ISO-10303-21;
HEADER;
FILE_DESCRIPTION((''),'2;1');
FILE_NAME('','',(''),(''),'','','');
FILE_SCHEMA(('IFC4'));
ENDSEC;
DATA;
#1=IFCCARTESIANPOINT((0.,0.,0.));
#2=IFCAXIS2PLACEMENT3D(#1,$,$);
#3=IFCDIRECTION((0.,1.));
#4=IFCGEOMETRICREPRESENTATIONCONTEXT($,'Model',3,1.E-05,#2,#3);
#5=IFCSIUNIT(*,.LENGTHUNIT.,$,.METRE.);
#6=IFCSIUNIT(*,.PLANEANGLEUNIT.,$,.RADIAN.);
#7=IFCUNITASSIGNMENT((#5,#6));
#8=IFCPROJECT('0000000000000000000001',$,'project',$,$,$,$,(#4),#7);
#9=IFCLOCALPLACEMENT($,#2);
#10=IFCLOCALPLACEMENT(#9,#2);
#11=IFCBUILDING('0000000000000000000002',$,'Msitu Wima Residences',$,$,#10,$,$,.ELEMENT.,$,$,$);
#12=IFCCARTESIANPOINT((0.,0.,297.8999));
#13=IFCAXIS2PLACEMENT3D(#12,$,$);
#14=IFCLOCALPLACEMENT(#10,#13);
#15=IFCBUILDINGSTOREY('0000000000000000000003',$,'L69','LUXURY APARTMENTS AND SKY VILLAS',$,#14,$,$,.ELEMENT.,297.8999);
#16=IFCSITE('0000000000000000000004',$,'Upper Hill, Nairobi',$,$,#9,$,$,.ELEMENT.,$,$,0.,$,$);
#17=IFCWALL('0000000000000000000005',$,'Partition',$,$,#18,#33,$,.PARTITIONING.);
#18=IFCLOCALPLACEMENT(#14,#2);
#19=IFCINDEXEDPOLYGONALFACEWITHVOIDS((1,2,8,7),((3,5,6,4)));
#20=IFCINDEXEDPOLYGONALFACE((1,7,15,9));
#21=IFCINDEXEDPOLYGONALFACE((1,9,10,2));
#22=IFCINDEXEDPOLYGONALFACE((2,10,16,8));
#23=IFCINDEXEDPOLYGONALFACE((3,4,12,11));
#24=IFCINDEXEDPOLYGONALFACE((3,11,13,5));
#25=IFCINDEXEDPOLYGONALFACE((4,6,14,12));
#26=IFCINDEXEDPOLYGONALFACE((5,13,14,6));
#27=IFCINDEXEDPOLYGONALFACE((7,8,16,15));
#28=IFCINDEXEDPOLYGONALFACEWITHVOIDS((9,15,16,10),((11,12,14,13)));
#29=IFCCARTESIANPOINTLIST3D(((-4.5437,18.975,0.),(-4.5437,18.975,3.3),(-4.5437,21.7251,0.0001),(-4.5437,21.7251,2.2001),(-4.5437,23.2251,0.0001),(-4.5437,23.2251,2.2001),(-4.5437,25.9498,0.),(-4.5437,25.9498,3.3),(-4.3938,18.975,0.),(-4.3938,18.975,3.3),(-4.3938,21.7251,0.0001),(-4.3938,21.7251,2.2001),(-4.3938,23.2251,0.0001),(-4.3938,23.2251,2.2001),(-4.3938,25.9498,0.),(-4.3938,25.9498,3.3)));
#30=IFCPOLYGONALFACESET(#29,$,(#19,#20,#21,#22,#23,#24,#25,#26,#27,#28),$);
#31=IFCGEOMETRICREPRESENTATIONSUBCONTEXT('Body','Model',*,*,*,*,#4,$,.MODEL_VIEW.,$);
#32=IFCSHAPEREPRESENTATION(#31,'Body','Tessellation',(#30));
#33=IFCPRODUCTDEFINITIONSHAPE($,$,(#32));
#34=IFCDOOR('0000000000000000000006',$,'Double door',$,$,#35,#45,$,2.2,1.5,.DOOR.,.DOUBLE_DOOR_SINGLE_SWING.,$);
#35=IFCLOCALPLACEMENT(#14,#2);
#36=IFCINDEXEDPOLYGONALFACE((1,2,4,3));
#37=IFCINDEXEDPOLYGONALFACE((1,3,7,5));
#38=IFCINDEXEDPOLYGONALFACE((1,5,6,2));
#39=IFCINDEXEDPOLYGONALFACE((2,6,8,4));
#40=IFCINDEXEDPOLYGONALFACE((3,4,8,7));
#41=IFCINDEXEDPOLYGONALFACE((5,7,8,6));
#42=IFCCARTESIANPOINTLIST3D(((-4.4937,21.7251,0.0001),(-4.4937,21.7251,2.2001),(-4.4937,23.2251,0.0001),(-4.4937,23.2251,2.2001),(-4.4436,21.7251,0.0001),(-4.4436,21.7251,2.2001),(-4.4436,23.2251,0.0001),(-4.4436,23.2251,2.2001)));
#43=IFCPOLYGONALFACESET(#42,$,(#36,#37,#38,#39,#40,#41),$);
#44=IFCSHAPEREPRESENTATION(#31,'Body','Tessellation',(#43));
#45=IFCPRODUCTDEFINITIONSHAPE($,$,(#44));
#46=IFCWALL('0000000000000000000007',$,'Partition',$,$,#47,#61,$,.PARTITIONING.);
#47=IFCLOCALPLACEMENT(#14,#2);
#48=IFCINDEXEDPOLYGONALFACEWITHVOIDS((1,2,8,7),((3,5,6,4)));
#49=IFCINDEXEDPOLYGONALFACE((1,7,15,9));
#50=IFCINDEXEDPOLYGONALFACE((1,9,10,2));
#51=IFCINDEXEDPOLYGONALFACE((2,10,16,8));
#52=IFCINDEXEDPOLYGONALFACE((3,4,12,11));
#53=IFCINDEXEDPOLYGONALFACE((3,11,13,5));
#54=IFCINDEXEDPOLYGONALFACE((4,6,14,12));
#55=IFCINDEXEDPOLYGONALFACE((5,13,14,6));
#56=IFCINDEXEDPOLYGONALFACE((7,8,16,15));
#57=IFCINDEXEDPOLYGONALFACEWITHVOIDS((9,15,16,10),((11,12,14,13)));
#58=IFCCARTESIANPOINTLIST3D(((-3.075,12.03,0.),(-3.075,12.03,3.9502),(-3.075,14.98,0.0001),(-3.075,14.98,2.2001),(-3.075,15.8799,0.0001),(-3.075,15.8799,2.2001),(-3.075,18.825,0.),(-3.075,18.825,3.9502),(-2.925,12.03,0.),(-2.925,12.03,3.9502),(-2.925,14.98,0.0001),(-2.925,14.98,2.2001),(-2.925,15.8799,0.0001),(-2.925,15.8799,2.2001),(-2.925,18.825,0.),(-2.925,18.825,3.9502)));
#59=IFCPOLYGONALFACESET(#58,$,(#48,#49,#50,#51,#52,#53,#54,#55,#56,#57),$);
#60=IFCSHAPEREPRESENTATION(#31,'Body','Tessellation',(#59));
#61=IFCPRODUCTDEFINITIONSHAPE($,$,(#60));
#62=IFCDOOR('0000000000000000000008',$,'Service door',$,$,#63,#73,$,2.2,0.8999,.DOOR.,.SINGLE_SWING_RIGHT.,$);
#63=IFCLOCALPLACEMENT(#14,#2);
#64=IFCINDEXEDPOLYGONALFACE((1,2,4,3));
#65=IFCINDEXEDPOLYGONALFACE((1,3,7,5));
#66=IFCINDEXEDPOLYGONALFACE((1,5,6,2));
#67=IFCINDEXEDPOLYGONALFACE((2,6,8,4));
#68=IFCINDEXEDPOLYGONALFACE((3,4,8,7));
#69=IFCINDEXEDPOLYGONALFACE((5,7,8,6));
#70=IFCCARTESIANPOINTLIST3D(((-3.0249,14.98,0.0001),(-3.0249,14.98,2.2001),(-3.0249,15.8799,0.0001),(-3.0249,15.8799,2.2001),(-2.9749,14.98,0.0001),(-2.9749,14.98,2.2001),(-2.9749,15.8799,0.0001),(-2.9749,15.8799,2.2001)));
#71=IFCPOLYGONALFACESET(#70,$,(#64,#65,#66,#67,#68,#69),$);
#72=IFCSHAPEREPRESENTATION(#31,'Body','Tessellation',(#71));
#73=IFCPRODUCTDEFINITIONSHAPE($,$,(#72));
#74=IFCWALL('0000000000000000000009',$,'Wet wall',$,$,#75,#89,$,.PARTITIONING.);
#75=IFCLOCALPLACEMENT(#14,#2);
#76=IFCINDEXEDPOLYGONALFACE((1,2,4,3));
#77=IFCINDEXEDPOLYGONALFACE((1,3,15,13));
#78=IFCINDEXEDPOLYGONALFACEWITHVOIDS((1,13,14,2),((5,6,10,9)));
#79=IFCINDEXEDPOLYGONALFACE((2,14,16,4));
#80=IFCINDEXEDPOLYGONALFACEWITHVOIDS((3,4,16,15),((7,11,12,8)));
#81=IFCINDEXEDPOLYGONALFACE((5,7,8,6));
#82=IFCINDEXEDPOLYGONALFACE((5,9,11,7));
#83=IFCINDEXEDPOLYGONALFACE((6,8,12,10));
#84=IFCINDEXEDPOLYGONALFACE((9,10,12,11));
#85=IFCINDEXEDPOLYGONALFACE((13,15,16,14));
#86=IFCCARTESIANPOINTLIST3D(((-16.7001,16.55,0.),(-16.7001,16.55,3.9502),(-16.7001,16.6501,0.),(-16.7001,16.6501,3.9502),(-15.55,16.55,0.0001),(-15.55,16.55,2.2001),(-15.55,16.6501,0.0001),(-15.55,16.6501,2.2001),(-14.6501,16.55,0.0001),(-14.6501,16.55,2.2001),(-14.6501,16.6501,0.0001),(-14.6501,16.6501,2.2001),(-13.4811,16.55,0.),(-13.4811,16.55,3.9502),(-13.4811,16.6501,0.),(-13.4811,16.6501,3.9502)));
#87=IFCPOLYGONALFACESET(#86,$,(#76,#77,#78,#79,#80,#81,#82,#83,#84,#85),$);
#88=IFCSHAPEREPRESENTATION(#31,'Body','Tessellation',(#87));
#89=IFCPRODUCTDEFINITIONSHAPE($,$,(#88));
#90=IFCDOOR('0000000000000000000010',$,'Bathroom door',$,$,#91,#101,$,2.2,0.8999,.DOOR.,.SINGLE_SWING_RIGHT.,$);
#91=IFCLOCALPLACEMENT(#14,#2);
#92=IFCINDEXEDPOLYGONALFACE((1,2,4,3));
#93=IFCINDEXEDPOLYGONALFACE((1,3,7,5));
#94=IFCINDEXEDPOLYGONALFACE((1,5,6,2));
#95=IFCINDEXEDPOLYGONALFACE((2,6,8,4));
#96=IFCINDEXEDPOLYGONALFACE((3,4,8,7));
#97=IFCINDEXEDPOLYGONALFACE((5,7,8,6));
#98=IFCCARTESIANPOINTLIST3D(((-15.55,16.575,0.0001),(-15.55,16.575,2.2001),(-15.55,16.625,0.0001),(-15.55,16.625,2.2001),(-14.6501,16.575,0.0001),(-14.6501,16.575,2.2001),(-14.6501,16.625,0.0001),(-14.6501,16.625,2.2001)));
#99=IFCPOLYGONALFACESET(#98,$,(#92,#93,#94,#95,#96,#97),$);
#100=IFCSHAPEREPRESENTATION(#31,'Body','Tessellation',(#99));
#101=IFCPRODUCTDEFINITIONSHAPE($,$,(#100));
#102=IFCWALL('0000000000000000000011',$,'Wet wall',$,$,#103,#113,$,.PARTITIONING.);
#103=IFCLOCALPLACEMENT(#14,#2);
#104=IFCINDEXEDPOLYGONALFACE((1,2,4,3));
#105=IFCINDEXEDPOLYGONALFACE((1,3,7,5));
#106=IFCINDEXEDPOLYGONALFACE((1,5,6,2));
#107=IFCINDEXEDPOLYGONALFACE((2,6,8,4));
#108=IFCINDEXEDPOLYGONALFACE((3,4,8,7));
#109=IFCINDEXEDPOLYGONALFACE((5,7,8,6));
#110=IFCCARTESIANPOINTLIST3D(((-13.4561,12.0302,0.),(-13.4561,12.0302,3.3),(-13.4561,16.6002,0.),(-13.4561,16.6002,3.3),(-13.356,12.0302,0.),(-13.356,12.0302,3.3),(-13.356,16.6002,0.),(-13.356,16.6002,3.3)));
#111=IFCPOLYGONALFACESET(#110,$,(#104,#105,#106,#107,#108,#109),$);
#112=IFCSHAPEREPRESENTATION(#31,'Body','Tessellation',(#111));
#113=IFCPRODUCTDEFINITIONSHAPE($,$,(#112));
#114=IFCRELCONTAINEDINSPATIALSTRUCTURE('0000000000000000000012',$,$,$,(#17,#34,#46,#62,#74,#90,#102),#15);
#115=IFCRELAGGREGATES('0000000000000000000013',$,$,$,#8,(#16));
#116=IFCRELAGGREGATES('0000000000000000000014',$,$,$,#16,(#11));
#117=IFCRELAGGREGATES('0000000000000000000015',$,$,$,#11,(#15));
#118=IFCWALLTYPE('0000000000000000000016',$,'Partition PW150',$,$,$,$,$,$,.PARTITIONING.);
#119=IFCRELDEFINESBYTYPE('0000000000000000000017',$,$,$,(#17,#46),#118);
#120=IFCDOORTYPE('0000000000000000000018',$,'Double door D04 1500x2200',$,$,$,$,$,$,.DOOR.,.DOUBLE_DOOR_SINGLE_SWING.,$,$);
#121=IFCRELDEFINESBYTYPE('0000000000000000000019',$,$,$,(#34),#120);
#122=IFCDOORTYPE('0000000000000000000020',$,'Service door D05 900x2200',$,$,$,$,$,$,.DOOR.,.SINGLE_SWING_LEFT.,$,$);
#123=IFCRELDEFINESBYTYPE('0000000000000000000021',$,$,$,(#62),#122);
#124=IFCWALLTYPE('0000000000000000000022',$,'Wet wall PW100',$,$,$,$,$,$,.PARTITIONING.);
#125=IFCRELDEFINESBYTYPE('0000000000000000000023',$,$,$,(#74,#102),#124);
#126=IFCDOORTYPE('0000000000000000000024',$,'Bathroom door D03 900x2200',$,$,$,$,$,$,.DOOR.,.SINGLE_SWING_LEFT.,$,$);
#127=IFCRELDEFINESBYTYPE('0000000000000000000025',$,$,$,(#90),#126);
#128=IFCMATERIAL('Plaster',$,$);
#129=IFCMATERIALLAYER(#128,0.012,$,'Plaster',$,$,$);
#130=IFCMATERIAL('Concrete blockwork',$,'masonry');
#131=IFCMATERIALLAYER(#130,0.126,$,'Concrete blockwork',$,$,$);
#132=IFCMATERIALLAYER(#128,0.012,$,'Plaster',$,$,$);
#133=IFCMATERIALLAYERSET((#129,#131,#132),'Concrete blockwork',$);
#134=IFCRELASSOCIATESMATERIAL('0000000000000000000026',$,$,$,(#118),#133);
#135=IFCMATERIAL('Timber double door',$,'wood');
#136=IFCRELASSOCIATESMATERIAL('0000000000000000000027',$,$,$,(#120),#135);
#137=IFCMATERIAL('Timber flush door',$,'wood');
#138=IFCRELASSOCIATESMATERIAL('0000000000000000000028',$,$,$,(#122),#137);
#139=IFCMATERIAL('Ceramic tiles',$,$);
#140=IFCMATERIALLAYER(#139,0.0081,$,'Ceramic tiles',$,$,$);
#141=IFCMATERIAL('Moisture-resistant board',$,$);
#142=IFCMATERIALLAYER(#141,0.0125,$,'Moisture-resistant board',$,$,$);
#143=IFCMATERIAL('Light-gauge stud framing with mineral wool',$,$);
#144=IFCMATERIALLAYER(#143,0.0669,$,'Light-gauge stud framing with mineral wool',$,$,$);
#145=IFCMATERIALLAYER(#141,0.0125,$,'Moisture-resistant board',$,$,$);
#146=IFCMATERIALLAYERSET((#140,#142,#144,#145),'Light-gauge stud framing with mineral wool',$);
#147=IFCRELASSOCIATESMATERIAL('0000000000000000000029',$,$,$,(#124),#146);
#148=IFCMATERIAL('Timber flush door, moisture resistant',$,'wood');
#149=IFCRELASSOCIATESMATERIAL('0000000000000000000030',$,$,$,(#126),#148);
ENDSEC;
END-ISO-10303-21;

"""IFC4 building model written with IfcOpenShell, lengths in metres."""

from ifc_helpers import new_model, si_unit, direction, frame, frame_2d, origin, place, context, subcontext, project, spatial, rectangle, extrude, material, layer, layer_set, type_object, element, fill, save


model = new_model("IFC4")

# Units and contexts
model_context = context("Model", 3, precision=1e-05, world=origin(), true_north=direction((0.0, 1.0)))
body_context = subcontext(model_context, "Body", "Model", "MODEL_VIEW")
ifc_project = project(units=[si_unit("LENGTHUNIT", "METRE"), si_unit("PLANEANGLEUNIT", "RADIAN")], contexts=[model_context])

# Site, building, storey
site_placement = place(None, origin())
site = spatial("IfcSite", under=ifc_project, at=site_placement, Name="Upper Hill, Nairobi", CompositionType="ELEMENT", RefElevation=0.0)
building_placement = place(site_placement, origin())
building = spatial("IfcBuilding", under=site, at=building_placement, Name="Msitu Wima Residences", CompositionType="ELEMENT")
storey_placement = place(building_placement, frame((0.0, 0.0, 297.8999)))
storey = spatial("IfcBuildingStorey", under=building, at=storey_placement, Name="L69", Description="LUXURY APARTMENTS AND SKY VILLAS", CompositionType="ELEMENT", Elevation=297.8999)

# Shared definitions
ifc_material_1 = material(Name="Plaster")
ifc_material_2 = material(Name="Concrete blockwork", Category="masonry")

# Shared definitions
ifc_layer_1 = layer(ifc_material_1, 0.012, Name="Plaster")
ifc_layer_2 = layer(ifc_material_2, 0.126, Name="Concrete blockwork")
ifc_layer_3 = layer(ifc_material_1, 0.012, Name="Plaster")
ifc_layer_set_1 = layer_set([ifc_layer_1, ifc_layer_2, ifc_layer_3], Name="Concrete blockwork")
wall_type_1 = type_object("IfcWallType", Name="Partition PW150", PredefinedType="PARTITIONING", material=ifc_layer_set_1)
ifc_material_3 = material(Name="Timber flush door", Category="wood")

# Walls, openings, doors
wall_1_placement = place(storey_placement, frame((-4.4688, 18.9751, 0.0), z_axis=(0.0, 0.0, 1.0), x_axis=(0.0, 1.0, 0.0)))
wall_1 = element("IfcWall", 1, at=wall_1_placement, inside=storey, type_object=wall_type_1, Name="Partition", PredefinedType="PARTITIONING", context=body_context, shape_type="SweptSolid", body=[
    extrude(rectangle(XDim=6.9749, YDim=0.1499, at=frame_2d((3.4873, 0.0))), origin(), (0.0, 0.0, 1.0), 3.3),
])
opening_1_placement = place(wall_1_placement, frame((2.75, 0.0, 0.0)))
opening_1 = element("IfcOpeningElement", 2, at=opening_1_placement, cuts=wall_1, PredefinedType="OPENING", context=body_context, shape_type="SweptSolid", body=[
    extrude(rectangle(XDim=1.5, YDim=2.2, at=frame_2d((0.75, 1.1001))), frame((0.0, 0.085, 0.0), z_axis=(0.0, -1.0, 0.0), x_axis=(1.0, 0.0, 0.0)), (0.0, 0.0, 1.0), 0.1699),
])
ifc_material_4 = material(Name="Timber double door", Category="wood")
door_type_1 = type_object("IfcDoorType", Name="Double door D04 1500x2200", OperationType="DOUBLE_DOOR_SINGLE_SWING", PredefinedType="DOOR", material=ifc_material_4)
door_1_placement = place(opening_1_placement, origin())
door_1 = element("IfcDoor", 3, at=door_1_placement, inside=storey, type_object=door_type_1, Name="Double door", OperationType="DOUBLE_DOOR_SINGLE_SWING", OverallHeight=2.2, OverallWidth=1.5, PredefinedType="DOOR", context=body_context, shape_type="SweptSolid", body=[
    extrude(rectangle(XDim=1.5, YDim=2.2, at=frame_2d((0.75, 1.1001))), frame((0.0, 0.0249, 0.0), z_axis=(0.0, -1.0, 0.0), x_axis=(1.0, 0.0, 0.0)), (0.0, 0.0, 1.0), 0.05),
])
fill(opening_1, door_1)
wall_2_placement = place(storey_placement, frame((-3.0, 12.03, 0.0), z_axis=(0.0, 0.0, 1.0), x_axis=(0.0, 1.0, 0.0)))
wall_2 = element("IfcWall", 4, at=wall_2_placement, inside=storey, type_object=wall_type_1, Name="Partition", PredefinedType="PARTITIONING", context=body_context, shape_type="SweptSolid", body=[
    extrude(rectangle(XDim=6.7949, YDim=0.1499, at=frame_2d((3.3975, 0.0))), origin(), (0.0, 0.0, 1.0), 3.9502),
])
opening_2_placement = place(wall_2_placement, frame((2.95, 0.0, 0.0)))
opening_2 = element("IfcOpeningElement", 5, at=opening_2_placement, cuts=wall_2, PredefinedType="OPENING", context=body_context, shape_type="SweptSolid", body=[
    extrude(rectangle(XDim=0.8999, YDim=2.2, at=frame_2d((0.45, 1.1001))), frame((0.0, 0.085, 0.0), z_axis=(0.0, -1.0, 0.0), x_axis=(1.0, 0.0, 0.0)), (0.0, 0.0, 1.0), 0.1699),
])
door_type_2 = type_object("IfcDoorType", Name="Service door D05 900x2200", OperationType="SINGLE_SWING_LEFT", PredefinedType="DOOR", material=ifc_material_3)
door_2_placement = place(opening_2_placement, origin())
door_2 = element("IfcDoor", 6, at=door_2_placement, inside=storey, type_object=door_type_2, Name="Service door", OperationType="SINGLE_SWING_RIGHT", OverallHeight=2.2, OverallWidth=0.8999, PredefinedType="DOOR", context=body_context, shape_type="SweptSolid", body=[
    extrude(rectangle(XDim=0.8999, YDim=2.2, at=frame_2d((0.45, 1.1001))), frame((0.0, 0.0249, 0.0), z_axis=(0.0, -1.0, 0.0), x_axis=(1.0, 0.0, 0.0)), (0.0, 0.0, 1.0), 0.05),
])
fill(opening_2, door_2)
ifc_material_5 = material(Name="Ceramic tiles")
ifc_layer_4 = layer(ifc_material_5, 0.0081, Name="Ceramic tiles")
ifc_material_6 = material(Name="Moisture-resistant board")
ifc_layer_5 = layer(ifc_material_6, 0.0125, Name="Moisture-resistant board")
ifc_material_7 = material(Name="Light-gauge stud framing with mineral wool")
ifc_layer_6 = layer(ifc_material_7, 0.0669, Name="Light-gauge stud framing with mineral wool")
ifc_layer_7 = layer(ifc_material_6, 0.0125, Name="Moisture-resistant board")
ifc_layer_set_2 = layer_set([ifc_layer_4, ifc_layer_5, ifc_layer_6, ifc_layer_7], Name="Light-gauge stud framing with mineral wool")
wall_type_2 = type_object("IfcWallType", Name="Wet wall PW100", PredefinedType="PARTITIONING", material=ifc_layer_set_2)
wall_3_placement = place(storey_placement, frame((-16.7, 16.6001, 0.0), z_axis=(0.0, 0.0, 1.0), x_axis=(1.0, 0.0, 0.0)))
wall_3 = element("IfcWall", 7, at=wall_3_placement, inside=storey, type_object=wall_type_2, Name="Wet wall", PredefinedType="PARTITIONING", context=body_context, shape_type="SweptSolid", body=[
    extrude(rectangle(XDim=3.219, YDim=0.1001, at=frame_2d((1.6094, 0.0))), origin(), (0.0, 0.0, 1.0), 3.9502),
])
opening_3_placement = place(wall_3_placement, frame((1.1499, 0.0, 0.0)))
opening_3 = element("IfcOpeningElement", 8, at=opening_3_placement, cuts=wall_3, PredefinedType="OPENING", context=body_context, shape_type="SweptSolid", body=[
    extrude(rectangle(XDim=0.8999, YDim=2.2, at=frame_2d((0.45, 1.1001))), frame((0.0, 0.0601, 0.0), z_axis=(0.0, -1.0, 0.0), x_axis=(1.0, 0.0, 0.0)), (0.0, 0.0, 1.0), 0.1201),
])
ifc_material_8 = material(Name="Timber flush door, moisture resistant", Category="wood")
door_type_3 = type_object("IfcDoorType", Name="Bathroom door D03 900x2200", OperationType="SINGLE_SWING_LEFT", PredefinedType="DOOR", material=ifc_material_8)
door_3_placement = place(opening_3_placement, origin())
door_3 = element("IfcDoor", 9, at=door_3_placement, inside=storey, type_object=door_type_3, Name="Bathroom door", OperationType="SINGLE_SWING_RIGHT", OverallHeight=2.2, OverallWidth=0.8999, PredefinedType="DOOR", context=body_context, shape_type="SweptSolid", body=[
    extrude(rectangle(XDim=0.8999, YDim=2.2, at=frame_2d((0.45, 1.1001))), frame((0.0, 0.0249, 0.0), z_axis=(0.0, -1.0, 0.0), x_axis=(1.0, 0.0, 0.0)), (0.0, 0.0, 1.0), 0.05),
])
fill(opening_3, door_3)

# Wall
wall_4_placement = place(storey_placement, frame((-13.406, 12.03, 0.0), z_axis=(0.0, 0.0, 1.0), x_axis=(0.0, 1.0, 0.0)))
element("IfcWall", 10, at=wall_4_placement, inside=storey, type_object=wall_type_2, Name="Wet wall", PredefinedType="PARTITIONING", context=body_context, shape_type="SweptSolid", body=[
    extrude(rectangle(XDim=4.5701, YDim=0.1001, at=frame_2d((2.2852, 0.0))), origin(), (0.0, 0.0, 1.0), 3.3),
])

save(model, "model.ifc")
